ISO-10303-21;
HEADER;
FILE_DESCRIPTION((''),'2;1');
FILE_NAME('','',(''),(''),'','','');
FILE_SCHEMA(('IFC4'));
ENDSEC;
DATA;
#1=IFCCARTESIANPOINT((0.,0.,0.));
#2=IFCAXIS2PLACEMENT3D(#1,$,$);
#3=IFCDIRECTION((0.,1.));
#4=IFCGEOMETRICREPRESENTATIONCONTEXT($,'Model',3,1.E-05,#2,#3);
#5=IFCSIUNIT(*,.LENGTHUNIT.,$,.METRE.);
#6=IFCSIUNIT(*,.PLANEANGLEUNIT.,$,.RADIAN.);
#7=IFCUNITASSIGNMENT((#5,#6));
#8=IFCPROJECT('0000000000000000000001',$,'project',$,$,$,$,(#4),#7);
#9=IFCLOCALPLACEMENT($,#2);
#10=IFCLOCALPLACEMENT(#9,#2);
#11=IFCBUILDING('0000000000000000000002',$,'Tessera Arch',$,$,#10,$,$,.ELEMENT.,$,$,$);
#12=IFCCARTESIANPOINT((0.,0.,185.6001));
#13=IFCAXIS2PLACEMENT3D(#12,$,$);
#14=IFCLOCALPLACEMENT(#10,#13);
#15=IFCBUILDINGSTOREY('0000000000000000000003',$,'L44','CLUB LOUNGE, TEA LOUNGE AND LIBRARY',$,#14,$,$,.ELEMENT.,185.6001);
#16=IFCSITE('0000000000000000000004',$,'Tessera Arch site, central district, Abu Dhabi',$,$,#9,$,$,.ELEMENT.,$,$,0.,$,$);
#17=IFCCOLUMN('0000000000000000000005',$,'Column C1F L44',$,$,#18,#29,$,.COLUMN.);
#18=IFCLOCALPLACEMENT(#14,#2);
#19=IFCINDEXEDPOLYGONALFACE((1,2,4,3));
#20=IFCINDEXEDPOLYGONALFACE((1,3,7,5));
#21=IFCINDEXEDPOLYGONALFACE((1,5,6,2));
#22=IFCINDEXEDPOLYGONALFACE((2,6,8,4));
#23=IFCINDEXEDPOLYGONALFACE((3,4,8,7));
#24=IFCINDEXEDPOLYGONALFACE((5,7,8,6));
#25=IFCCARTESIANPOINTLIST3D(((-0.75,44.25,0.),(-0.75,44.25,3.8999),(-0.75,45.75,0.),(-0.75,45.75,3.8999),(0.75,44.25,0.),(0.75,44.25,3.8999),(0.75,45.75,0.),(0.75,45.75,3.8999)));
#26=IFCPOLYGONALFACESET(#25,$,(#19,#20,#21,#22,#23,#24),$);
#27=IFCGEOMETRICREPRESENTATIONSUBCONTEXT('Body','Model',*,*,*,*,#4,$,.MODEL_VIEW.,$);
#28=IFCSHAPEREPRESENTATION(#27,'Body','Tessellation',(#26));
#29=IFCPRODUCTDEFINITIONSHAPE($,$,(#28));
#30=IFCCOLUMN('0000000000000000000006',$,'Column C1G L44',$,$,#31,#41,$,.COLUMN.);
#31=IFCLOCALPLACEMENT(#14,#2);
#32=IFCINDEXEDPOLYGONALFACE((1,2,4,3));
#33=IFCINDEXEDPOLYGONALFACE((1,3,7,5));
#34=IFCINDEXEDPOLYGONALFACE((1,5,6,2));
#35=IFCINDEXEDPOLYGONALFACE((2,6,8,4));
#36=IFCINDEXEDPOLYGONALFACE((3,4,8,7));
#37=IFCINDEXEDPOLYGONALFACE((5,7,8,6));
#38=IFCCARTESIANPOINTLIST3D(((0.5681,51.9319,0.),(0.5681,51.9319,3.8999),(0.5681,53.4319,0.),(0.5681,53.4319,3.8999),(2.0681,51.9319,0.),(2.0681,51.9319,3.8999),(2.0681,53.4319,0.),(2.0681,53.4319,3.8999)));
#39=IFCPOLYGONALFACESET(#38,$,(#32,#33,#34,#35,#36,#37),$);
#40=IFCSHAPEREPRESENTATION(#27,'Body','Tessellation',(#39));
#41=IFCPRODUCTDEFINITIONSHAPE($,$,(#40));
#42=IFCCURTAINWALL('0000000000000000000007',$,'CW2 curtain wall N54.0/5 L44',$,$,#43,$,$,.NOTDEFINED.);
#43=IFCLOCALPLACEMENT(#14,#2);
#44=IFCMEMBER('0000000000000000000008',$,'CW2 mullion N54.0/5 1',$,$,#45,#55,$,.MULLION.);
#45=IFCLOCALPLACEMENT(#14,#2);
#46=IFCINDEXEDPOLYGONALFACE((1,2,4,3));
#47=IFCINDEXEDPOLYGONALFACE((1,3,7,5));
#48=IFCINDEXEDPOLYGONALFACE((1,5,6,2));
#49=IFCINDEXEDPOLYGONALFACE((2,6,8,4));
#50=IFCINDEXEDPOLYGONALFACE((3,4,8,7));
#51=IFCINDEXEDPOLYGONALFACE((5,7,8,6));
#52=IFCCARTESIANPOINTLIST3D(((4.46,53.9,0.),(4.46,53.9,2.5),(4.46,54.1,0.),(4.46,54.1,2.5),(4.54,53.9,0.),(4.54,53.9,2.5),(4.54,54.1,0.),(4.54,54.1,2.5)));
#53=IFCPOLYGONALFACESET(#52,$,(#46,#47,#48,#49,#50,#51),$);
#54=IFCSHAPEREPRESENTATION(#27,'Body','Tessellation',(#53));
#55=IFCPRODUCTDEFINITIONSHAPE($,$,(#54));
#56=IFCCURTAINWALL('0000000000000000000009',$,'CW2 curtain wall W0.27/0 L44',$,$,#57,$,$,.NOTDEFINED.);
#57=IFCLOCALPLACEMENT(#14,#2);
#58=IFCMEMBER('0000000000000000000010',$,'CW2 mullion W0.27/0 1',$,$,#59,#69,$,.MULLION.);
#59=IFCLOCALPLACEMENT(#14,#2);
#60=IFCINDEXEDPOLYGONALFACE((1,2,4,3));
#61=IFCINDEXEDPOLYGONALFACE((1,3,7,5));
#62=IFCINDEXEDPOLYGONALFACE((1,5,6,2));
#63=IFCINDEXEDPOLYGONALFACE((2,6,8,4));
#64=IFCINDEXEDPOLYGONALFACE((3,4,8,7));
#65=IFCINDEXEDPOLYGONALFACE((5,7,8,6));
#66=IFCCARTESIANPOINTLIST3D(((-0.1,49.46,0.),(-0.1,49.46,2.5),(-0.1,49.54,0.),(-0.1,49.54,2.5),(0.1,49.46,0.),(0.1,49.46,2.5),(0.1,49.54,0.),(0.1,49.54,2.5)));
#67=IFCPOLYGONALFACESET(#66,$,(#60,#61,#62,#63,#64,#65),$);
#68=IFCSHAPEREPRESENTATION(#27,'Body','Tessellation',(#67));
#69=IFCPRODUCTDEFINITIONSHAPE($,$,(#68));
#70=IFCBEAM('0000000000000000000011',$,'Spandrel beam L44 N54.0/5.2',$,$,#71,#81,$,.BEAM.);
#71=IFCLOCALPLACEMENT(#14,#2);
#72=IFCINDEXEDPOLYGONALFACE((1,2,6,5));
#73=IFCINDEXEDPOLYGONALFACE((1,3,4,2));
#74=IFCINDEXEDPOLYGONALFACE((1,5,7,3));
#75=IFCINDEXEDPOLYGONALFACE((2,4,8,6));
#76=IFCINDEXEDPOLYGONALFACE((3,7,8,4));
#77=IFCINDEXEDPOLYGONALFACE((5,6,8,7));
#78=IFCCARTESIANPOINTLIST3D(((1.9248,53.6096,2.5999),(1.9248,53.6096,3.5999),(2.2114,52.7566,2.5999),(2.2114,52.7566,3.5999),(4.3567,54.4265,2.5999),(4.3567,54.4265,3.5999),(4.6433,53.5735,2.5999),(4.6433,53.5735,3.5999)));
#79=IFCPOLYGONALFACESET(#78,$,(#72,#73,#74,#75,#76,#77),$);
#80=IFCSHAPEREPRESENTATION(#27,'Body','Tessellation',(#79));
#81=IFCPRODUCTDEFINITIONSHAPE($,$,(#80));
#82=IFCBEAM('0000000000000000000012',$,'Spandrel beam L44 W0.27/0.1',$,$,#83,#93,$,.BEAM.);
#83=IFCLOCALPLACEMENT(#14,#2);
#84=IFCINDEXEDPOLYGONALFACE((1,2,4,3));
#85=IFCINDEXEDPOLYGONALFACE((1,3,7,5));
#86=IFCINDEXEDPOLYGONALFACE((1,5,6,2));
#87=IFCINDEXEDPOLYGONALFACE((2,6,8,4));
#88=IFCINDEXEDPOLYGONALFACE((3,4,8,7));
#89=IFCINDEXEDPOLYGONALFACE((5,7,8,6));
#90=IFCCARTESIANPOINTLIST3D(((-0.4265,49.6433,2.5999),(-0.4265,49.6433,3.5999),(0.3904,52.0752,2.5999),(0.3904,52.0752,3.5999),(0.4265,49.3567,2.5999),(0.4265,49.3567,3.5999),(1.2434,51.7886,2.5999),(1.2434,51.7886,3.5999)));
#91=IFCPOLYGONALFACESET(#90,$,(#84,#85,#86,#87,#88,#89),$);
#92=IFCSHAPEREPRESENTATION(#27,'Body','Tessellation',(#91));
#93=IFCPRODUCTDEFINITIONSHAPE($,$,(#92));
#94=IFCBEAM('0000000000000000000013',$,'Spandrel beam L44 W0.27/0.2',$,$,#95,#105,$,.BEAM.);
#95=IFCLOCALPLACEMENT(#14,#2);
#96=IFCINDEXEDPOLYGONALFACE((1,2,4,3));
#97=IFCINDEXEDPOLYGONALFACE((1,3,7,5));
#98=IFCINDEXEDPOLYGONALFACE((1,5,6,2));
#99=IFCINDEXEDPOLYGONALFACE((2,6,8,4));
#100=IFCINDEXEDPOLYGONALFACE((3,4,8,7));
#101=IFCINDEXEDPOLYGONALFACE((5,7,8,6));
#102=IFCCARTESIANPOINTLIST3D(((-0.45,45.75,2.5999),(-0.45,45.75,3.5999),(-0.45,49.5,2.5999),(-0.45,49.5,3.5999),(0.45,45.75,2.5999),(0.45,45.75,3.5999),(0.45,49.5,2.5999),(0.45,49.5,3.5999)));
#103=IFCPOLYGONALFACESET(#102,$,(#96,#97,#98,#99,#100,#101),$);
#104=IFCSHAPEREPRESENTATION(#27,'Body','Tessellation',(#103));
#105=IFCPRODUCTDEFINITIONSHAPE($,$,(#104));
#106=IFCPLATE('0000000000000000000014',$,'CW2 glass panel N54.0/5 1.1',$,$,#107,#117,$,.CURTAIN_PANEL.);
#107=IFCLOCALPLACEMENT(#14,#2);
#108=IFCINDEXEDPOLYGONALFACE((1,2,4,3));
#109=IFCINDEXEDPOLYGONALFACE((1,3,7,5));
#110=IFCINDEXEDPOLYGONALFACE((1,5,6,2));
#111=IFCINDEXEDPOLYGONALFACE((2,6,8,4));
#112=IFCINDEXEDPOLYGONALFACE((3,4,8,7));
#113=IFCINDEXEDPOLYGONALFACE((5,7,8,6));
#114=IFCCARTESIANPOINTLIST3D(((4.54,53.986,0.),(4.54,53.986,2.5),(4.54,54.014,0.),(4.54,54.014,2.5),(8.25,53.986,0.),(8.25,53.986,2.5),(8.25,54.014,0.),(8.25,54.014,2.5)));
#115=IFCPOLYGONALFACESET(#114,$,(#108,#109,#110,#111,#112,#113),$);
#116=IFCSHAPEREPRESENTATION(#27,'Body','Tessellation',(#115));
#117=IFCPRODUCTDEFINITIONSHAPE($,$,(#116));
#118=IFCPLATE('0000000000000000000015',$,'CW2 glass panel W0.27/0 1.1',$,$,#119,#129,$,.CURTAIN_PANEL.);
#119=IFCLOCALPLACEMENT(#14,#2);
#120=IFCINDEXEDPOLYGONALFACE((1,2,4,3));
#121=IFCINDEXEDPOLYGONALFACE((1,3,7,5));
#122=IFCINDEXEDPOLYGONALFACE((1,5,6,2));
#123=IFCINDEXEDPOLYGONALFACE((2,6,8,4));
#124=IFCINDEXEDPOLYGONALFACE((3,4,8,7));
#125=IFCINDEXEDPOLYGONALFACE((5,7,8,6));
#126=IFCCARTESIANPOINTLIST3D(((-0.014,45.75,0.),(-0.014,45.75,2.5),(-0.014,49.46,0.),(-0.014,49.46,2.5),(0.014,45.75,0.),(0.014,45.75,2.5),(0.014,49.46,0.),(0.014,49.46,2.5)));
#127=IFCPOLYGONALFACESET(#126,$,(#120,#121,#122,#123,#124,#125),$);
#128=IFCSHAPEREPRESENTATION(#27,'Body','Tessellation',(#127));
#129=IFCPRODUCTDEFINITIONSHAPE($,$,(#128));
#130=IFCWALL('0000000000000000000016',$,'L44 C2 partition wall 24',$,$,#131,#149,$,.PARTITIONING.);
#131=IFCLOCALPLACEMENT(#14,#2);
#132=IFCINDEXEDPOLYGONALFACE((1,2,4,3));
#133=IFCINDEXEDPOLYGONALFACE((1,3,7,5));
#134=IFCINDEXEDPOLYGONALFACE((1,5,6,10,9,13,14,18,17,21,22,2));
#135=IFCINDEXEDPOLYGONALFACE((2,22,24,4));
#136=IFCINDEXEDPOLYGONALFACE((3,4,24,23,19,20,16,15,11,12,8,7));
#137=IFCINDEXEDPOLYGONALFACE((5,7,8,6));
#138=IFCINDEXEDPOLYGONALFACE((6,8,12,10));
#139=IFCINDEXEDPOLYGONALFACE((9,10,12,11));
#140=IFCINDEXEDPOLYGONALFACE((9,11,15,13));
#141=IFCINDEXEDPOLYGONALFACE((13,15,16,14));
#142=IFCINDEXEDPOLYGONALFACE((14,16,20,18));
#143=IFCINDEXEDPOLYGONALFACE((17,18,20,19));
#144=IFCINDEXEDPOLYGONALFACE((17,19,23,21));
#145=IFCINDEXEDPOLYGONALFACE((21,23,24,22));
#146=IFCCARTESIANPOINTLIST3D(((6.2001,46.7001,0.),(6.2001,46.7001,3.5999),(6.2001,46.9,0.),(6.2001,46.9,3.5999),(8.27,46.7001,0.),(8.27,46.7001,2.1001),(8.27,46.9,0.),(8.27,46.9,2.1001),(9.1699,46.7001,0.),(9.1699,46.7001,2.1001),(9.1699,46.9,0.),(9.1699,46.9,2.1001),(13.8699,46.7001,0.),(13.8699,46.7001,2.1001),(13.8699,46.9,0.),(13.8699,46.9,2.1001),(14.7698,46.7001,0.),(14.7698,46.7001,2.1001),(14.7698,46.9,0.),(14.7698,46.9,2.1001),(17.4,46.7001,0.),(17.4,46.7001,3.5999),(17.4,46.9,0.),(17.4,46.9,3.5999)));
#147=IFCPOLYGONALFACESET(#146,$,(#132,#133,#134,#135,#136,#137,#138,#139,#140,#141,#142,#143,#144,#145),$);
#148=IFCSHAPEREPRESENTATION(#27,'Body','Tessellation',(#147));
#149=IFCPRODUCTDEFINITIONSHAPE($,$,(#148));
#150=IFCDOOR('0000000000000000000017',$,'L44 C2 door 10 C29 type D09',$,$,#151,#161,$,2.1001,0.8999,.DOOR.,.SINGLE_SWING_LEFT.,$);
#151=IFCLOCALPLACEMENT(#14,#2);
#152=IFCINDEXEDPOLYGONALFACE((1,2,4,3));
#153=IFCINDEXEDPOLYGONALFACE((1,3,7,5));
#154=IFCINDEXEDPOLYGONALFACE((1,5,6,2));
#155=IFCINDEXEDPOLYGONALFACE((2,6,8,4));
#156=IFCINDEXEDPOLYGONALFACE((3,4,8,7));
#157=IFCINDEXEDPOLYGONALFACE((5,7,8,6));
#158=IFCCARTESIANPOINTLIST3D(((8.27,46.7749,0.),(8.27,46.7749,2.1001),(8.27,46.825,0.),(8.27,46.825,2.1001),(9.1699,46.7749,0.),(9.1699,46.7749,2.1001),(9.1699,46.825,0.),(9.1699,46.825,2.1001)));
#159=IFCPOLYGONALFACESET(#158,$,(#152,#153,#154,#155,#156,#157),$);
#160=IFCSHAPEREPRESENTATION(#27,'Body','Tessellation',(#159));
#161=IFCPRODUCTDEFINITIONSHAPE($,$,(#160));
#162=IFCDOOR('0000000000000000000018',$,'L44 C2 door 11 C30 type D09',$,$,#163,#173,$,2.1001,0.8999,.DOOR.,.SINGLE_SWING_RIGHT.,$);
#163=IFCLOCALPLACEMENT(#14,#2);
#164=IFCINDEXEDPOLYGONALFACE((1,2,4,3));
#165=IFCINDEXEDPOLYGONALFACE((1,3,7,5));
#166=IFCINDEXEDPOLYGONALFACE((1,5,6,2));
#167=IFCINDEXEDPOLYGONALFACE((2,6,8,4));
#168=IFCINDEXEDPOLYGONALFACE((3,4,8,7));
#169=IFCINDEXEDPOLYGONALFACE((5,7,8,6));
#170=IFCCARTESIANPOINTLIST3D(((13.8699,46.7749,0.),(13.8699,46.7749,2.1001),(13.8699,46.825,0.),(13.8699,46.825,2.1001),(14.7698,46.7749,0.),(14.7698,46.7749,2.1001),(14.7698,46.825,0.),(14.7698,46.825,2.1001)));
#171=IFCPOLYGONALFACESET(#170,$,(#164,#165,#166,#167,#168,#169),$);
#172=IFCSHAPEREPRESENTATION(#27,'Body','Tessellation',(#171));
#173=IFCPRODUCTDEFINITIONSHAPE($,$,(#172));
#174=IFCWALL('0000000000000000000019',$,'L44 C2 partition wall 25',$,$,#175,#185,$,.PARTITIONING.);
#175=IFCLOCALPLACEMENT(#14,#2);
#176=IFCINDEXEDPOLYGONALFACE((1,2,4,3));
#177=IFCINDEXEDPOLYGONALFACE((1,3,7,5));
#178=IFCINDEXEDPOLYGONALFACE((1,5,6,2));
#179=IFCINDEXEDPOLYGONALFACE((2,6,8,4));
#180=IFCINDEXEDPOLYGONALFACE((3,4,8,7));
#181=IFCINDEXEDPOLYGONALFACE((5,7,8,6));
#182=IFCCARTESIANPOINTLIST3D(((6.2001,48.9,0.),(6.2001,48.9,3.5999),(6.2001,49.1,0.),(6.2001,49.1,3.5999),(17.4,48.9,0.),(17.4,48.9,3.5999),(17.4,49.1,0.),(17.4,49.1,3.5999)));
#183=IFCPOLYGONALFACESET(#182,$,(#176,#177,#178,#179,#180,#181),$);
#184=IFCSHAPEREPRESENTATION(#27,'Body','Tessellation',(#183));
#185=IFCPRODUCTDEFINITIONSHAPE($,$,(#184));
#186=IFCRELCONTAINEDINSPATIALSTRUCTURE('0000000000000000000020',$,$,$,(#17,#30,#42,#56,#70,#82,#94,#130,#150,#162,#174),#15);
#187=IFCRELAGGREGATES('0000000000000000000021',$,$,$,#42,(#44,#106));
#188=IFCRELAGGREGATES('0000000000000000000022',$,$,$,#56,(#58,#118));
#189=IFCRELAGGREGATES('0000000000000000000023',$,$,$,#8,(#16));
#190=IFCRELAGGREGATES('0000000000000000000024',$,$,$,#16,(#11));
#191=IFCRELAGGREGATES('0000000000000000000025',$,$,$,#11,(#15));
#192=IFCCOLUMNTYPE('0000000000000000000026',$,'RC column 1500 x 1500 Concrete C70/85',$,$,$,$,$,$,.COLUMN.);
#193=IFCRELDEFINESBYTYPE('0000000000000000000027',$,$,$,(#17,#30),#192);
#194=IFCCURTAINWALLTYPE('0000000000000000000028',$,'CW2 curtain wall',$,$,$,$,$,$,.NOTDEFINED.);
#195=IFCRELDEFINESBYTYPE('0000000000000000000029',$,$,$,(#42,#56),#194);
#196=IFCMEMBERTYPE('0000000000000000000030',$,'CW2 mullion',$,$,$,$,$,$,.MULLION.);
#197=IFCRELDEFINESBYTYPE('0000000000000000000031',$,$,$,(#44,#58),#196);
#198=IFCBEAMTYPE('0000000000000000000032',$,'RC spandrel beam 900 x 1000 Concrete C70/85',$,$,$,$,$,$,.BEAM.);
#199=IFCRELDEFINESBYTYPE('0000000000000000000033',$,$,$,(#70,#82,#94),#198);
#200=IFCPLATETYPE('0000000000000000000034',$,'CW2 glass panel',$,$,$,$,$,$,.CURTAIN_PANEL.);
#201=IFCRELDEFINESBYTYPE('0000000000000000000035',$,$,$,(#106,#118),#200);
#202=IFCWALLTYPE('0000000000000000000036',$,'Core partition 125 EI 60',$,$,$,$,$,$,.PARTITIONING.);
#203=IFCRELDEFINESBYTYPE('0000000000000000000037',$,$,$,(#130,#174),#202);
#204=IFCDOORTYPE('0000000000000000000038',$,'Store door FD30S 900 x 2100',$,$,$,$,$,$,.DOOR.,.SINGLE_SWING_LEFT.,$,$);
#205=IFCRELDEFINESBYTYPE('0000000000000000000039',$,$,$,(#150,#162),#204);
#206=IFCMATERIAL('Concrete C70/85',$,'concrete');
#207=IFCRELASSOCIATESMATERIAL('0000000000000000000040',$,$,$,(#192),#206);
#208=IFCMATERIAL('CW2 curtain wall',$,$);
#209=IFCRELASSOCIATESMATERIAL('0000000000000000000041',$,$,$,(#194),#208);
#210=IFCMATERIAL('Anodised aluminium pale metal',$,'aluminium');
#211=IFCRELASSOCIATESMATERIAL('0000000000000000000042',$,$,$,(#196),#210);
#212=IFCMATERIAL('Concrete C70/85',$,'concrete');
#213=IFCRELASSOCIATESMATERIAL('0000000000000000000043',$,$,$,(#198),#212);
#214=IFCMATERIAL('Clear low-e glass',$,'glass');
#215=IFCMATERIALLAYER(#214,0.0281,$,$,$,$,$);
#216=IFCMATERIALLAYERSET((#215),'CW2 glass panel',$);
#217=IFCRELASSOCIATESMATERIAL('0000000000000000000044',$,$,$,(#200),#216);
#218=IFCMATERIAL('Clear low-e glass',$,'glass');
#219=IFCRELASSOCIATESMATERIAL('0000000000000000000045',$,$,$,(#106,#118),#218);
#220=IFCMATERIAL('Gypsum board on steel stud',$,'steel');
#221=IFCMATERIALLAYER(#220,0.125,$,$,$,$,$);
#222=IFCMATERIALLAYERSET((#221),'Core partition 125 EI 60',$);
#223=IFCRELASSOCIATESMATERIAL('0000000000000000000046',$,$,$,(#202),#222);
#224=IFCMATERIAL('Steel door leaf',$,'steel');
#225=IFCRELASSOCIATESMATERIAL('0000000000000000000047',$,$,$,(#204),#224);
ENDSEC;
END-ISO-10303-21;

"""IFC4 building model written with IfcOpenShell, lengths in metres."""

from ifc_helpers import new_model, si_unit, direction, frame, frame_2d, origin, origin_2d, place, context, subcontext, project, spatial, rectangle, extrude, material, layer, layer_set, material_profile, profile_set, type_object, element, fill, aggregate, save


model = new_model("IFC4")

# Units and contexts
model_context = context("Model", 3, precision=1e-05, world=origin(), true_north=direction((0.0, 1.0)))
body_context = subcontext(model_context, "Body", "Model", "MODEL_VIEW")
ifc_project = project(units=[si_unit("LENGTHUNIT", "METRE"), si_unit("PLANEANGLEUNIT", "RADIAN")], contexts=[model_context])

# Site, building, storey
site_placement = place(None, origin())
site = spatial("IfcSite", under=ifc_project, at=site_placement, Name="Tessera Arch site, central district, Abu Dhabi", CompositionType="ELEMENT", RefElevation=0.0)
building_placement = place(site_placement, origin())
building = spatial("IfcBuilding", under=site, at=building_placement, Name="Tessera Arch", CompositionType="ELEMENT")
storey_placement = place(building_placement, frame((0.0, 0.0, 185.6001)))
storey = spatial("IfcBuildingStorey", under=building, at=storey_placement, Name="L44", Description="CLUB LOUNGE, TEA LOUNGE AND LIBRARY", CompositionType="ELEMENT", Elevation=185.6001)

# Columns
ifc_material_1 = material(Name="Concrete C70/85", Category="concrete")
ifc_material_profile_1 = material_profile(ifc_material_1, rectangle(XDim=1.5, YDim=1.5, at=origin_2d()), Name="RC column 1500 x 1500 Concrete C70/85")
ifc_profile_set_1 = profile_set([ifc_material_profile_1], Name="Concrete C70/85")
column_type = type_object("IfcColumnType", Name="RC column 1500 x 1500 Concrete C70/85", PredefinedType="COLUMN", material=ifc_profile_set_1)
for number, where, z_axis, x_axis, name in (
    (1, (0.0, 45.0, 0.0), (0.0, 0.0, 1.0), (1.0, 0.0, 0.0), "Column C1F L44"),
    (2, (1.3181, 52.6819, 0.0), (0.0, 0.0, 1.0), (1.0, 0.0, 0.0), "Column C1G L44"),
):
    element("IfcColumn", number, at=place(storey_placement, frame(where, z_axis=z_axis, x_axis=x_axis)), inside=storey, type_object=column_type, Name=name, PredefinedType="COLUMN", context=body_context, shape_type="SweptSolid", body=[
        extrude(rectangle(XDim=1.5, YDim=1.5, at=origin_2d()), origin(), (0.0, 0.0, 1.0), 3.8999),
    ])

# Curtain walls, members
ifc_material_2 = material(Name="CW2 curtain wall")
curtain_wall_type = type_object("IfcCurtainWallType", Name="CW2 curtain wall", PredefinedType="NOTDEFINED", material=ifc_material_2)
curtain_wall_1_placement = place(storey_placement, origin())
curtain_wall_1 = element("IfcCurtainWall", 3, at=curtain_wall_1_placement, inside=storey, type_object=curtain_wall_type, Name="CW2 curtain wall N54.0/5 L44", PredefinedType="NOTDEFINED")
ifc_material_3 = material(Name="Anodised aluminium pale metal", Category="aluminium")
ifc_material_profile_2 = material_profile(ifc_material_3, rectangle(XDim=0.2, YDim=0.0801, at=origin_2d()), Name="AL 80x200")
ifc_profile_set_2 = profile_set([ifc_material_profile_2], Name="Anodised aluminium pale metal")
member_type = type_object("IfcMemberType", Name="CW2 mullion", PredefinedType="MULLION", material=ifc_profile_set_2)
member_1_placement = place(storey_placement, frame((4.5, 54.0, 0.0), z_axis=(0.0, 0.0, 1.0), x_axis=(0.0, -1.0, 0.0)))
member_1 = element("IfcMember", 4, at=member_1_placement, type_object=member_type, Name="CW2 mullion N54.0/5 1", PredefinedType="MULLION", context=body_context, shape_type="SweptSolid", body=[
    extrude(rectangle(XDim=0.2, YDim=0.0801, at=origin_2d()), origin(), (0.0, 0.0, 1.0), 2.5),
])
curtain_wall_2_placement = place(storey_placement, origin())
curtain_wall_2 = element("IfcCurtainWall", 5, at=curtain_wall_2_placement, inside=storey, type_object=curtain_wall_type, Name="CW2 curtain wall W0.27/0 L44", PredefinedType="NOTDEFINED")
member_2_placement = place(storey_placement, frame((0.0, 49.5, 0.0), z_axis=(0.0, 0.0, 1.0), x_axis=(1.0, 0.0, 0.0)))
member_2 = element("IfcMember", 6, at=member_2_placement, type_object=member_type, Name="CW2 mullion W0.27/0 1", PredefinedType="MULLION", context=body_context, shape_type="SweptSolid", body=[
    extrude(rectangle(XDim=0.2, YDim=0.0801, at=origin_2d()), origin(), (0.0, 0.0, 1.0), 2.5),
])

# Beams
ifc_material_4 = material(Name="Concrete C70/85", Category="concrete")
ifc_material_profile_3 = material_profile(ifc_material_4, rectangle(XDim=0.8999, YDim=1.0, at=origin_2d()), Name="RC spandrel beam 900 x 1000 Concrete C70/85")
ifc_profile_set_3 = profile_set([ifc_material_profile_3], Name="Concrete C70/85")
beam_type = type_object("IfcBeamType", Name="RC spandrel beam 900 x 1000 Concrete C70/85", PredefinedType="BEAM", material=ifc_profile_set_3)
for number, where, z_axis, x_axis, name in (
    (7, (4.5, 54.0, 3.0999), (-0.947948, -0.318425, 0.0), (0.318425, -0.947948, 0.0), "Spandrel beam L44 N54.0/5.2"),
    (8, (0.8169, 51.9319, 3.0999), (-0.318425, -0.947948, 0.0), (0.947948, -0.318425, 0.0), "Spandrel beam L44 W0.27/0.1"),
):
    element("IfcBeam", number, at=place(storey_placement, frame(where, z_axis=z_axis, x_axis=x_axis)), inside=storey, type_object=beam_type, Name=name, PredefinedType="BEAM", context=body_context, shape_type="SweptSolid", body=[
        extrude(rectangle(XDim=0.8999, YDim=1.0, at=origin_2d()), origin(), (0.0, 0.0, 1.0), 2.5654),
    ])
beam_placement = place(storey_placement, frame((0.0, 49.5, 3.0999), z_axis=(0.0, -1.0, 0.0), x_axis=(1.0, 0.0, 0.0)))
element("IfcBeam", 9, at=beam_placement, inside=storey, type_object=beam_type, Name="Spandrel beam L44 W0.27/0.2", PredefinedType="BEAM", context=body_context, shape_type="SweptSolid", body=[
    extrude(rectangle(XDim=0.8999, YDim=1.0, at=origin_2d()), origin(), (0.0, 0.0, 1.0), 3.75),
])

# Plates
ifc_material_5 = material(Name="Clear low-e glass", Category="glass")
ifc_material_6 = material(Name="Clear low-e glass", Category="glass")
ifc_layer_1 = layer(ifc_material_6, 0.0281)
ifc_layer_set_1 = layer_set([ifc_layer_1], Name="CW2 glass panel")
plate_type = type_object("IfcPlateType", Name="CW2 glass panel", PredefinedType="CURTAIN_PANEL", material=ifc_layer_set_1)
plate_1_placement = place(storey_placement, frame((6.395, 54.0, 0.0), z_axis=(0.0, 0.0, 1.0), x_axis=(-1.0, 0.0, 0.0)))
plate_1 = element("IfcPlate", 10, at=plate_1_placement, type_object=plate_type, material=ifc_material_5, Name="CW2 glass panel N54.0/5 1.1", PredefinedType="CURTAIN_PANEL", context=body_context, shape_type="SweptSolid", body=[
    extrude(rectangle(XDim=3.71, YDim=0.0281, at=origin_2d()), origin(), (0.0, 0.0, 1.0), 2.5),
])
aggregate(curtain_wall_1, [member_1, plate_1])
plate_2_placement = place(storey_placement, frame((0.0, 47.605, 0.0), z_axis=(0.0, 0.0, 1.0), x_axis=(0.0, -1.0, 0.0)))
plate_2 = element("IfcPlate", 11, at=plate_2_placement, type_object=plate_type, material=ifc_material_5, Name="CW2 glass panel W0.27/0 1.1", PredefinedType="CURTAIN_PANEL", context=body_context, shape_type="SweptSolid", body=[
    extrude(rectangle(XDim=3.71, YDim=0.0281, at=origin_2d()), origin(), (0.0, 0.0, 1.0), 2.5),
])
aggregate(curtain_wall_2, [member_2, plate_2])

# Wall, openings, doors
ifc_material_7 = material(Name="Gypsum board on steel stud", Category="steel")
ifc_layer_2 = layer(ifc_material_7, 0.125)
ifc_layer_set_2 = layer_set([ifc_layer_2], Name="Core partition 125 EI 60")
wall_type_1 = type_object("IfcWallType", Name="Core partition 125 EI 60", PredefinedType="PARTITIONING", material=ifc_layer_set_2)
wall_1_placement = place(storey_placement, frame((6.2, 46.8, 0.0), z_axis=(0.0, 0.0, 1.0), x_axis=(1.0, 0.0, 0.0)))
wall_1 = element("IfcWall", 12, at=wall_1_placement, inside=storey, type_object=wall_type_1, Name="L44 C2 partition wall 24", PredefinedType="PARTITIONING", context=body_context, shape_type="SweptSolid", body=[
    extrude(rectangle(XDim=11.2, YDim=0.2, at=frame_2d((5.6001, 0.0))), origin(), (0.0, 0.0, 1.0), 3.5999),
])
opening_1_placement = place(wall_1_placement, frame((2.0701, 0.0, 0.0)))
opening_1 = element("IfcOpeningElement", 13, at=opening_1_placement, cuts=wall_1, PredefinedType="OPENING", context=body_context, shape_type="SweptSolid", body=[
    extrude(rectangle(XDim=0.8999, YDim=2.1001, at=frame_2d((0.45, 1.05))), frame((0.0, 0.1099, 0.0), z_axis=(0.0, -1.0, 0.0), x_axis=(1.0, 0.0, 0.0)), (0.0, 0.0, 1.0), 0.22),
])
opening_2_placement = place(wall_1_placement, frame((7.6699, 0.0, 0.0)))
opening_2 = element("IfcOpeningElement", 14, at=opening_2_placement, cuts=wall_1, PredefinedType="OPENING", context=body_context, shape_type="SweptSolid", body=[
    extrude(rectangle(XDim=0.8999, YDim=2.1001, at=frame_2d((0.45, 1.05))), frame((0.0, 0.1099, 0.0), z_axis=(0.0, -1.0, 0.0), x_axis=(1.0, 0.0, 0.0)), (0.0, 0.0, 1.0), 0.22),
])
ifc_material_8 = material(Name="Steel door leaf", Category="steel")
door_type_1 = type_object("IfcDoorType", Name="Store door FD30S 900 x 2100", OperationType="SINGLE_SWING_LEFT", PredefinedType="DOOR", material=ifc_material_8)
door_1_placement = place(opening_1_placement, origin())
door_1 = element("IfcDoor", 15, at=door_1_placement, inside=storey, type_object=door_type_1, Name="L44 C2 door 10 C29 type D09", OperationType="SINGLE_SWING_LEFT", OverallHeight=2.1001, OverallWidth=0.8999, PredefinedType="DOOR", context=body_context, shape_type="SweptSolid", body=[
    extrude(rectangle(XDim=0.8999, YDim=2.1001, at=frame_2d((0.45, 1.05))), frame((0.0, 0.0249, 0.0), z_axis=(0.0, -1.0, 0.0), x_axis=(1.0, 0.0, 0.0)), (0.0, 0.0, 1.0), 0.05),
])
fill(opening_1, door_1)
door_2_placement = place(opening_2_placement, origin())
door_2 = element("IfcDoor", 16, at=door_2_placement, inside=storey, type_object=door_type_1, Name="L44 C2 door 11 C30 type D09", OperationType="SINGLE_SWING_RIGHT", OverallHeight=2.1001, OverallWidth=0.8999, PredefinedType="DOOR", context=body_context, shape_type="SweptSolid", body=[
    extrude(rectangle(XDim=0.8999, YDim=2.1001, at=frame_2d((0.45, 1.05))), frame((0.0, 0.0249, 0.0), z_axis=(0.0, -1.0, 0.0), x_axis=(1.0, 0.0, 0.0)), (0.0, 0.0, 1.0), 0.05),
])
fill(opening_2, door_2)

# Wall
wall_2_placement = place(storey_placement, frame((6.2, 49.0, 0.0), z_axis=(0.0, 0.0, 1.0), x_axis=(1.0, 0.0, 0.0)))
element("IfcWall", 17, at=wall_2_placement, inside=storey, type_object=wall_type_1, Name="L44 C2 partition wall 25", PredefinedType="PARTITIONING", context=body_context, shape_type="SweptSolid", body=[
    extrude(rectangle(XDim=11.2, YDim=0.2, at=frame_2d((5.6001, 0.0))), origin(), (0.0, 0.0, 1.0), 3.5999),
])

save(model, "model.ifc")
